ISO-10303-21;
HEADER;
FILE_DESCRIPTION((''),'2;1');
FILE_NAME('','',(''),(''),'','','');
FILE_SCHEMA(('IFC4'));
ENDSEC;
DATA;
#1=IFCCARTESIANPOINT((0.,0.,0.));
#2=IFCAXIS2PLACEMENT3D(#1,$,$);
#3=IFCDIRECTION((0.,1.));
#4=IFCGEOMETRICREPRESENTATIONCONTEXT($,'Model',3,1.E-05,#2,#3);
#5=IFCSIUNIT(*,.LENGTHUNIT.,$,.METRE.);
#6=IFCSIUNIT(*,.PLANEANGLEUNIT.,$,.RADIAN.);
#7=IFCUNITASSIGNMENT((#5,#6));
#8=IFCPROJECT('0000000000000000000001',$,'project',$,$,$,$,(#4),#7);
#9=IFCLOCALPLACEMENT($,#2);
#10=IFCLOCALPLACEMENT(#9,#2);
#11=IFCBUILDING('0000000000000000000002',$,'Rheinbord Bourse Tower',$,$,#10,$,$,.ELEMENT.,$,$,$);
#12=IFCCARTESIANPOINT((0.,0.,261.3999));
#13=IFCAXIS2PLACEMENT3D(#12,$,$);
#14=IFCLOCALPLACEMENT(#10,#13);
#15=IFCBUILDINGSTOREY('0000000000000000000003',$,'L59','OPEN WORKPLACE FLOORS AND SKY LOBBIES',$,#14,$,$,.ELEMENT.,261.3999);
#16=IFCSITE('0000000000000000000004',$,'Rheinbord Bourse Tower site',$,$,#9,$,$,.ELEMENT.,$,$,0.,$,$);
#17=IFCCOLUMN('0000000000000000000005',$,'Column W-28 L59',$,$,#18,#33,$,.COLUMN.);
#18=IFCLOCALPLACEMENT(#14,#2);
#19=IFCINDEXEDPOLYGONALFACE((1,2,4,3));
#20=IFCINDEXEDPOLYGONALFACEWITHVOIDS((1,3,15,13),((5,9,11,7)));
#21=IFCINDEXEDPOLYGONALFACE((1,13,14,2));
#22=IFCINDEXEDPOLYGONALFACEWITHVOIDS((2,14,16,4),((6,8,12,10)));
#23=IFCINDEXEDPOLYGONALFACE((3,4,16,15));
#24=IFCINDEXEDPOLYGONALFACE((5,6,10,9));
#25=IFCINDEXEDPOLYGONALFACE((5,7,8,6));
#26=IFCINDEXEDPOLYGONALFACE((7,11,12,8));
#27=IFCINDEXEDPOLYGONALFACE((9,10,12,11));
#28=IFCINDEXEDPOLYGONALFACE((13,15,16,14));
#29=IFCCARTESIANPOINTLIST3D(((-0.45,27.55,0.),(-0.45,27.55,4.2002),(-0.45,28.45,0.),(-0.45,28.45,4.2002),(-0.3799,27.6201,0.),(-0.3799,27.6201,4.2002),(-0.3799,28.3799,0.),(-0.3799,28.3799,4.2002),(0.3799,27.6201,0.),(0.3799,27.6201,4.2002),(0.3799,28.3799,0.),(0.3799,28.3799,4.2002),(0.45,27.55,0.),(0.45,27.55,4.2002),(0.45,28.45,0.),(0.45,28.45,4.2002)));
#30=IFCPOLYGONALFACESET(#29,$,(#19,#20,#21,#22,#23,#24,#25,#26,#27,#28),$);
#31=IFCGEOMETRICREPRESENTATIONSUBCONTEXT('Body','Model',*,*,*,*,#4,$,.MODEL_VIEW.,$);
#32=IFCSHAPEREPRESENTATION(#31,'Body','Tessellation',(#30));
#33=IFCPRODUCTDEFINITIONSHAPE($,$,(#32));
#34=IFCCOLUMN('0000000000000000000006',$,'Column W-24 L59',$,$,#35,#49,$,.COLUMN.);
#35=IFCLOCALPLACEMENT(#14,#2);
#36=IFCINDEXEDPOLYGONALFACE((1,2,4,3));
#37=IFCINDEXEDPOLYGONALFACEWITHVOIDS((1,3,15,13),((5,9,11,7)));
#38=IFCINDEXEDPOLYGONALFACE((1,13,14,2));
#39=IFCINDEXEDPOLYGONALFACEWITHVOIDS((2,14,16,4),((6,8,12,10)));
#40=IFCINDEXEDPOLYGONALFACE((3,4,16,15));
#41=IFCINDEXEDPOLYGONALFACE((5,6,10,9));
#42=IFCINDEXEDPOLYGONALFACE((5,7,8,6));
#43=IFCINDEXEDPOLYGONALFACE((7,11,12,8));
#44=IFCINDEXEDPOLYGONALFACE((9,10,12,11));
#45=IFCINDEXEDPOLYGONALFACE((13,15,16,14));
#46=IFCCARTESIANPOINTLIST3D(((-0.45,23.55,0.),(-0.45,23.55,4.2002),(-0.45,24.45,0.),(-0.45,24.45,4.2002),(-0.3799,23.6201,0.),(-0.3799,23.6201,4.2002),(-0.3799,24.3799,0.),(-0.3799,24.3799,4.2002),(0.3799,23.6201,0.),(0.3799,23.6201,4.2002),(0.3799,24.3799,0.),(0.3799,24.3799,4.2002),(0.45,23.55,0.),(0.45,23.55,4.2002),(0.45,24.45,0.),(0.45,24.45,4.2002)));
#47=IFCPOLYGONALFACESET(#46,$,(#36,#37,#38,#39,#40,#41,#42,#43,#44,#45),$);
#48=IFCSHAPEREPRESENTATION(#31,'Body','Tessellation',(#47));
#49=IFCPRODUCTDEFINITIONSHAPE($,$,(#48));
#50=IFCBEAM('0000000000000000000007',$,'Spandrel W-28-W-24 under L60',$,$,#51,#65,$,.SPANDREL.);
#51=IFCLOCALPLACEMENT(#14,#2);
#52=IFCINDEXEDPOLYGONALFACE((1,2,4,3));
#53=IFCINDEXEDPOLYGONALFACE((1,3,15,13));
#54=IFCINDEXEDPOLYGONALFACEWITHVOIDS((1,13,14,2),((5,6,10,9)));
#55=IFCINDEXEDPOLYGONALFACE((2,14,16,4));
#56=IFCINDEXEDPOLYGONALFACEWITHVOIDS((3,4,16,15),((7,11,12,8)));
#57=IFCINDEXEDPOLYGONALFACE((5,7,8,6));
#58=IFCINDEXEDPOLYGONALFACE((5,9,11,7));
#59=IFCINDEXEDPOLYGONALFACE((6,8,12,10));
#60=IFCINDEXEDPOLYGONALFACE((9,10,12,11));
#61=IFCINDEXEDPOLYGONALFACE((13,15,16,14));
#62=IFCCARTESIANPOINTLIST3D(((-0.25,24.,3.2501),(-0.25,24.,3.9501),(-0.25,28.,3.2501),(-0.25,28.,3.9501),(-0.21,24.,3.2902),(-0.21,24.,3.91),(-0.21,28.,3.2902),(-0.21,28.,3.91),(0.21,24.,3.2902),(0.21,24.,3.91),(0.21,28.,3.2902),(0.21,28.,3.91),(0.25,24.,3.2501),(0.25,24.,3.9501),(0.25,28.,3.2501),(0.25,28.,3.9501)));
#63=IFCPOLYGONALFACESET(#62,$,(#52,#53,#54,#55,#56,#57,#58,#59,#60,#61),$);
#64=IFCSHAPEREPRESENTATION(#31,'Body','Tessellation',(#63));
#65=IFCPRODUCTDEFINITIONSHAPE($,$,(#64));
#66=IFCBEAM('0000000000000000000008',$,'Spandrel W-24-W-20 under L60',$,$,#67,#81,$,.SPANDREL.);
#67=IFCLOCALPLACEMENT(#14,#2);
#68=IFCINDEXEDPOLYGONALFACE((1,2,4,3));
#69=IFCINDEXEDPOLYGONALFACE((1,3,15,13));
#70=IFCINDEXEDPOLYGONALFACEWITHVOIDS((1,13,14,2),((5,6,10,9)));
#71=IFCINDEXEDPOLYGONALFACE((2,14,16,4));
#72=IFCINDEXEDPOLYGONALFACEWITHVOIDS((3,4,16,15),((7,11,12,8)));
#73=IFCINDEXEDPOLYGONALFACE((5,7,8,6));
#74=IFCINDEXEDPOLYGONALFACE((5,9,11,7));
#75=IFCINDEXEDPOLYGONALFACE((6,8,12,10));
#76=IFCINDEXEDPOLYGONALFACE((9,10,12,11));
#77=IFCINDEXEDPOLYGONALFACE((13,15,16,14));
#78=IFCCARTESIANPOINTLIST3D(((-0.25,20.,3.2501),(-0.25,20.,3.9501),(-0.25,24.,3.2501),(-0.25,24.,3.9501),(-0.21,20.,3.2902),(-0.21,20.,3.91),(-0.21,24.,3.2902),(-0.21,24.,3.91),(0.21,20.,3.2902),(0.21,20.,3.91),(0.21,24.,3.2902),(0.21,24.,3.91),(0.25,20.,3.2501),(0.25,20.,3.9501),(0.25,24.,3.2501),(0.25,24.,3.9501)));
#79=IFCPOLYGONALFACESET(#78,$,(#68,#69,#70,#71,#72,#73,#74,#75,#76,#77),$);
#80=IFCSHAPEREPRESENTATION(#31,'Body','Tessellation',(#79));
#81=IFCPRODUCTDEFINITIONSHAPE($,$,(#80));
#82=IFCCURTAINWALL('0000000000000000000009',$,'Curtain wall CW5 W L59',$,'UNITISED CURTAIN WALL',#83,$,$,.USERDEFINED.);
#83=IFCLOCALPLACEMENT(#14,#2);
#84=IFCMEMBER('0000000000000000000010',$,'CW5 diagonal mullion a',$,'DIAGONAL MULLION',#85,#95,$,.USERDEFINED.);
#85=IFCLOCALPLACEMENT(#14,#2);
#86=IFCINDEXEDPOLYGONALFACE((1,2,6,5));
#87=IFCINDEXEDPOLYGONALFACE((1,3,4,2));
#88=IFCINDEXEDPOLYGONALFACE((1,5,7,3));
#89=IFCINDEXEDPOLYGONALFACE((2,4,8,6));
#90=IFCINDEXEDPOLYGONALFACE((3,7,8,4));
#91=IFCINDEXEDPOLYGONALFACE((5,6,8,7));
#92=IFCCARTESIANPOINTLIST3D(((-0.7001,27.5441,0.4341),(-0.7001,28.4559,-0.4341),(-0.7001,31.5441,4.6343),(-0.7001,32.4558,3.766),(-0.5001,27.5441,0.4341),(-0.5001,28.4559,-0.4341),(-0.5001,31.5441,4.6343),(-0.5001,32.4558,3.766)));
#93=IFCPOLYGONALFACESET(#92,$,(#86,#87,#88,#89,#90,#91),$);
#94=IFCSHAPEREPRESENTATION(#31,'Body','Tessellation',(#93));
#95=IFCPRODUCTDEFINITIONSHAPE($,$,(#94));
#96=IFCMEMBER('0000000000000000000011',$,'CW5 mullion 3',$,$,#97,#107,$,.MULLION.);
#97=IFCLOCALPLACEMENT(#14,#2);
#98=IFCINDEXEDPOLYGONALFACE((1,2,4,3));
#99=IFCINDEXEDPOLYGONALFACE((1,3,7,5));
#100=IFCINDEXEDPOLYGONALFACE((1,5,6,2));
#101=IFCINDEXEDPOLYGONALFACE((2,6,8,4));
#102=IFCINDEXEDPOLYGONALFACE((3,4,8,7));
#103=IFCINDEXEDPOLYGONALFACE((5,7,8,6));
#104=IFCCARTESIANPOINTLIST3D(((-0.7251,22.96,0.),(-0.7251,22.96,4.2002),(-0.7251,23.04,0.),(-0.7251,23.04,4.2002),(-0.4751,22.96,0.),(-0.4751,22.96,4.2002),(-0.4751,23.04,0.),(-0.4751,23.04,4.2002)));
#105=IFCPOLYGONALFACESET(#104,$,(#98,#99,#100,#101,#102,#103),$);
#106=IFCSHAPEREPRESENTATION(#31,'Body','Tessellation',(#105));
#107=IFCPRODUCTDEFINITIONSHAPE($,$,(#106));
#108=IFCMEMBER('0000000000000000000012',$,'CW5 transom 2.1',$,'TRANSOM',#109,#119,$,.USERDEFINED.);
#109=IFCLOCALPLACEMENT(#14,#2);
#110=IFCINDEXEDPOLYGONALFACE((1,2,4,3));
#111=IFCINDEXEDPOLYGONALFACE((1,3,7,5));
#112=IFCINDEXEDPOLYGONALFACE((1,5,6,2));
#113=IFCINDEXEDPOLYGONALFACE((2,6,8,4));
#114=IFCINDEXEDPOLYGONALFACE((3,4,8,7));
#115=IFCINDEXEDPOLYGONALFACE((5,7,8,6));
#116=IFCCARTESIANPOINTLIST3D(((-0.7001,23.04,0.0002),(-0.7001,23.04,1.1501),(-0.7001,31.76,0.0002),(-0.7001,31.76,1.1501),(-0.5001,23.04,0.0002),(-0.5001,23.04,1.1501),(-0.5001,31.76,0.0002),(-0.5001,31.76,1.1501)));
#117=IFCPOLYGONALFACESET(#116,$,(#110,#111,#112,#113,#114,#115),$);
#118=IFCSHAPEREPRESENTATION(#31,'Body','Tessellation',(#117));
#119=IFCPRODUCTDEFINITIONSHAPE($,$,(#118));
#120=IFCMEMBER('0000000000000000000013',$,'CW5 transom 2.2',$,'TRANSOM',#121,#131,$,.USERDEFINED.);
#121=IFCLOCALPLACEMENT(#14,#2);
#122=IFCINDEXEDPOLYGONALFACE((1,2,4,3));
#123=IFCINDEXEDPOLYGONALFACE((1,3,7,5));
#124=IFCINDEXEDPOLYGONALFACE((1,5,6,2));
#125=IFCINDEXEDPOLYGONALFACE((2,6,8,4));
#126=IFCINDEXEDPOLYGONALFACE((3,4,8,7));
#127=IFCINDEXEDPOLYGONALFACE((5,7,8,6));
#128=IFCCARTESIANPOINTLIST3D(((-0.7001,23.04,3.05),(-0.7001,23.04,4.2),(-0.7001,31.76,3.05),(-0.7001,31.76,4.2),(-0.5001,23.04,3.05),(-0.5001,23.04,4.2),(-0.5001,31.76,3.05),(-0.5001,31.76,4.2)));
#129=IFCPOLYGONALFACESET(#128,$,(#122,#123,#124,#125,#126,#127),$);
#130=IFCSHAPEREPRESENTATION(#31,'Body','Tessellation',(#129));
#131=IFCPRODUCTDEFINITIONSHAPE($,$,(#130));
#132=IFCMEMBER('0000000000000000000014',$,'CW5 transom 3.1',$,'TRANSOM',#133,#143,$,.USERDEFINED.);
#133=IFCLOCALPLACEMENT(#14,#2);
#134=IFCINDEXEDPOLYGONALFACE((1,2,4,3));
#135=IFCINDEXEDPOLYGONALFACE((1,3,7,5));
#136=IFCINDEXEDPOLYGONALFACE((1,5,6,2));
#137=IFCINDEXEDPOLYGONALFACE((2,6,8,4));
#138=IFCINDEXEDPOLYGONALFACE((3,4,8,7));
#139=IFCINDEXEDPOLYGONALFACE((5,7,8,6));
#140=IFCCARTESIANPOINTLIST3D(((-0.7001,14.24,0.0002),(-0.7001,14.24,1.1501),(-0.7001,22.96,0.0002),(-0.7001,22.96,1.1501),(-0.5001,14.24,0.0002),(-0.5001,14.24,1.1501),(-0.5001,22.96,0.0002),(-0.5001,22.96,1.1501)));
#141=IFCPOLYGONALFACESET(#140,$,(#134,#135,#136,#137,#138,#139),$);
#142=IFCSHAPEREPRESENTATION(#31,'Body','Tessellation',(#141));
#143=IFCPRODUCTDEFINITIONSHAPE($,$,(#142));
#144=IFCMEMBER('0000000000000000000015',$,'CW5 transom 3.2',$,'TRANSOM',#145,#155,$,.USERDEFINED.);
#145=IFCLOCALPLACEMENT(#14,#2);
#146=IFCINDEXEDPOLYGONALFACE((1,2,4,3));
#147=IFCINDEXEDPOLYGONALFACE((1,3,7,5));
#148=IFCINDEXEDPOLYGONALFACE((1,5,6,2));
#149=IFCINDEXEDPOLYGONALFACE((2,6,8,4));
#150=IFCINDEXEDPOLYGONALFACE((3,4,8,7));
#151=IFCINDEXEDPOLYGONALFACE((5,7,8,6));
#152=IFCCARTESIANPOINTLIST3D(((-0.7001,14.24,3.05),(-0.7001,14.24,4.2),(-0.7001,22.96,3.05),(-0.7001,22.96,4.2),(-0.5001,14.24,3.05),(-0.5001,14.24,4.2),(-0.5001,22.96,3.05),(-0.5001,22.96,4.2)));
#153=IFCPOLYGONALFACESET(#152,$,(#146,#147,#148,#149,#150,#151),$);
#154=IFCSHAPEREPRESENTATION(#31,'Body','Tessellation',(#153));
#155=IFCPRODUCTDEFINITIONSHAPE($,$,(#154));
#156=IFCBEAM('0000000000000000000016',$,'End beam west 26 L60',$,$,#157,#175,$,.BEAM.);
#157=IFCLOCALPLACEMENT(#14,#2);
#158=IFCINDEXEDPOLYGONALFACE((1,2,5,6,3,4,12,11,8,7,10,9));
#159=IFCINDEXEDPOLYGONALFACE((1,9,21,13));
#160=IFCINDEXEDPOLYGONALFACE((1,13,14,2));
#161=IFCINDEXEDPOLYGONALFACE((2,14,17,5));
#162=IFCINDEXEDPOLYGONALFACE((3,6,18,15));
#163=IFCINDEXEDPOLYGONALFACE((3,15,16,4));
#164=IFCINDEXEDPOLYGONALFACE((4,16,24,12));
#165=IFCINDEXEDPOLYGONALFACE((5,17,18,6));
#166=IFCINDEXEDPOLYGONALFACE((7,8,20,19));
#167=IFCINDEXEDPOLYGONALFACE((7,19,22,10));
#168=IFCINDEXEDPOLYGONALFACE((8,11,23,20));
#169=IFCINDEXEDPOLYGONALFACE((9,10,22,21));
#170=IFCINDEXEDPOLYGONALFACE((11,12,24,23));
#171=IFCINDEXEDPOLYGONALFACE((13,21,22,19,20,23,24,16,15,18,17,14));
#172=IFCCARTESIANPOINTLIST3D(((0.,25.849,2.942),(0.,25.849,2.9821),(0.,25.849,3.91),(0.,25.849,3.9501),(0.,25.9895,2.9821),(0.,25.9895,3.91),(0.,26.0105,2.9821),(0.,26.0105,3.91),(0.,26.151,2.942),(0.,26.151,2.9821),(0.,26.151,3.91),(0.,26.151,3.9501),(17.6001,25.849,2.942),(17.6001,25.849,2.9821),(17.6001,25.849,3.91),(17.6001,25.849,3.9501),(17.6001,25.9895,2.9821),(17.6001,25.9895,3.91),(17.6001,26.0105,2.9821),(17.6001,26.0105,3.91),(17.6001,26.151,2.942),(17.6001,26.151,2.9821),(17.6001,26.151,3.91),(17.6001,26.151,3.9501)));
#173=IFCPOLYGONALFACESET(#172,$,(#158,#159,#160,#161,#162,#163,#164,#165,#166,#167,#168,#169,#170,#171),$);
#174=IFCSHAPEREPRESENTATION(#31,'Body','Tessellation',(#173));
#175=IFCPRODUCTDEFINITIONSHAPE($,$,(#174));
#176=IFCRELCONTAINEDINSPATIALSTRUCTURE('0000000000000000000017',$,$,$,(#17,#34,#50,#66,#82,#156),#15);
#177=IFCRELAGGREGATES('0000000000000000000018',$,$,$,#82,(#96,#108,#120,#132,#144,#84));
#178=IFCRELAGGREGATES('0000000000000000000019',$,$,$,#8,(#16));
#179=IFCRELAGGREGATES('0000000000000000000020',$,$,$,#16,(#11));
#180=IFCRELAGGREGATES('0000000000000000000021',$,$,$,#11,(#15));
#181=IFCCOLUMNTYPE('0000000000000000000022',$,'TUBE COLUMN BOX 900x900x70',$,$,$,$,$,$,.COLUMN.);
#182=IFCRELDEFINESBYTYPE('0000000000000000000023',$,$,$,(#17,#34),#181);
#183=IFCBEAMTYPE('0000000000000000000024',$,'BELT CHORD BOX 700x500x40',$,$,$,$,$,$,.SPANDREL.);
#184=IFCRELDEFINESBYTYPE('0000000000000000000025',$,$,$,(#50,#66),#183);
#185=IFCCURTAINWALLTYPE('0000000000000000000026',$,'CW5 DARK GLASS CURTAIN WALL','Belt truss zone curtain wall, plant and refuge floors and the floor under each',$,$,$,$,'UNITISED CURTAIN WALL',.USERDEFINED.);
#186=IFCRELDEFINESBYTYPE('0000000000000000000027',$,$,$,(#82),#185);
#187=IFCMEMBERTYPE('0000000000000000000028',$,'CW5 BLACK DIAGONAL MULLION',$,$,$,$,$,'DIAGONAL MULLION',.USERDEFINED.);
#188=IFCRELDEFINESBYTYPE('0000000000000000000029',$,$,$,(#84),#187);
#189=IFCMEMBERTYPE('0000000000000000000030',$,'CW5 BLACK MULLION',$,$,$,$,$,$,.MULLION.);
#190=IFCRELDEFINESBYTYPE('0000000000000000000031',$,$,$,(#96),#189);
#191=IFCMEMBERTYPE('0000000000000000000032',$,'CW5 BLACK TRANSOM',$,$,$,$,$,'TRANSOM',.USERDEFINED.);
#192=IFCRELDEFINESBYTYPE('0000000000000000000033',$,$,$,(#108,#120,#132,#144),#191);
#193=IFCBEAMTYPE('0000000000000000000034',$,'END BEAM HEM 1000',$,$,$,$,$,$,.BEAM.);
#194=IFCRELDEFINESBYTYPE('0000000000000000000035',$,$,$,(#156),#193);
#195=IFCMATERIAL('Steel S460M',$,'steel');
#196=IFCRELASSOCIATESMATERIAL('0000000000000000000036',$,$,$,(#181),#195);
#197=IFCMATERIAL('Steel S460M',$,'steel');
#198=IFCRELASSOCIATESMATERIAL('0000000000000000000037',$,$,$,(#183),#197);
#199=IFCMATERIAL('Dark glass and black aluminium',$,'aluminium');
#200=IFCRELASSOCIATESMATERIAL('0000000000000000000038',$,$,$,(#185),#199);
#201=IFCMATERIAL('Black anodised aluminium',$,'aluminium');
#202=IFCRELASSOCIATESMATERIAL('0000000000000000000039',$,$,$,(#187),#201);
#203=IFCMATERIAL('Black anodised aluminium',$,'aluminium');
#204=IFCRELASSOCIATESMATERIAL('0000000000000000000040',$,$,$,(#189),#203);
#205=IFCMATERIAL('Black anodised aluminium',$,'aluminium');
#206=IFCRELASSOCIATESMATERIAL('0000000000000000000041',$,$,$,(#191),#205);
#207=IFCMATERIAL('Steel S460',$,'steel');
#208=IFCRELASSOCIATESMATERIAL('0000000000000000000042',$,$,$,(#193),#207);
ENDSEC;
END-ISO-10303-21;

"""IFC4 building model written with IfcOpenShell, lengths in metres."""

from ifc_helpers import new_model, si_unit, direction, frame, origin, origin_2d, place, context, subcontext, project, spatial, rectangle, hollow_rectangle, i_section, extrude, material, material_profile, profile_set, type_object, element, aggregate, save


model = new_model("IFC4")

# Units and contexts
model_context = context("Model", 3, precision=1e-05, world=origin(), true_north=direction((0.0, 1.0)))
body_context = subcontext(model_context, "Body", "Model", "MODEL_VIEW")
ifc_project = project(units=[si_unit("LENGTHUNIT", "METRE"), si_unit("PLANEANGLEUNIT", "RADIAN")], contexts=[model_context])

# Site, building, storey
site_placement = place(None, origin())
site = spatial("IfcSite", under=ifc_project, at=site_placement, Name="Rheinbord Bourse Tower site", CompositionType="ELEMENT", RefElevation=0.0)
building_placement = place(site_placement, origin())
building = spatial("IfcBuilding", under=site, at=building_placement, Name="Rheinbord Bourse Tower", CompositionType="ELEMENT")
storey_placement = place(building_placement, frame((0.0, 0.0, 261.3999)))
storey = spatial("IfcBuildingStorey", under=building, at=storey_placement, Name="L59", Description="OPEN WORKPLACE FLOORS AND SKY LOBBIES", CompositionType="ELEMENT", Elevation=261.3999)

# Columns
ifc_material_1 = material(Name="Steel S460M", Category="steel")
ifc_material_profile_1 = material_profile(ifc_material_1, hollow_rectangle(XDim=0.8999, YDim=0.8999, WallThickness=0.0701, at=origin_2d()), Name="BOX 900x900x70")
ifc_profile_set_1 = profile_set([ifc_material_profile_1], Name="Steel S460M")
column_type = type_object("IfcColumnType", Name="TUBE COLUMN BOX 900x900x70", PredefinedType="COLUMN", material=ifc_profile_set_1)
for number, where, z_axis, x_axis, name in (
    (1, (0.0, 28.0, 0.0), (0.0, 0.0, 1.0), (1.0, 0.0, 0.0), "Column W-28 L59"),
    (2, (0.0, 24.0, 0.0), (0.0, 0.0, 1.0), (1.0, 0.0, 0.0), "Column W-24 L59"),
):
    element("IfcColumn", number, at=place(storey_placement, frame(where, z_axis=z_axis, x_axis=x_axis)), inside=storey, type_object=column_type, Name=name, PredefinedType="COLUMN", context=body_context, shape_type="SweptSolid", body=[
        extrude(hollow_rectangle(XDim=0.8999, YDim=0.8999, WallThickness=0.0701, at=origin_2d()), origin(), (0.0, 0.0, 1.0), 4.2002),
    ])

# Beams
ifc_material_2 = material(Name="Steel S460M", Category="steel")
ifc_material_profile_2 = material_profile(ifc_material_2, hollow_rectangle(XDim=0.5, YDim=0.7, WallThickness=0.04, at=origin_2d()), Name="BOX 700x500x40")
ifc_profile_set_2 = profile_set([ifc_material_profile_2], Name="Steel S460M")
beam_type_1 = type_object("IfcBeamType", Name="BELT CHORD BOX 700x500x40", PredefinedType="SPANDREL", material=ifc_profile_set_2)
for number, where, z_axis, x_axis, name in (
    (3, (0.0, 28.0, 3.6001), (0.0, -1.0, 0.0), (1.0, 0.0, 0.0), "Spandrel W-28-W-24 under L60"),
    (4, (0.0, 24.0, 3.6001), (0.0, -1.0, 0.0), (1.0, 0.0, 0.0), "Spandrel W-24-W-20 under L60"),
):
    element("IfcBeam", number, at=place(storey_placement, frame(where, z_axis=z_axis, x_axis=x_axis)), inside=storey, type_object=beam_type_1, Name=name, PredefinedType="SPANDREL", context=body_context, shape_type="SweptSolid", body=[
        extrude(hollow_rectangle(XDim=0.5, YDim=0.7, WallThickness=0.04, at=origin_2d()), origin(), (0.0, 0.0, 1.0), 4.0),
    ])

# Curtain wall, members
ifc_material_3 = material(Name="Dark glass and black aluminium", Category="aluminium")
curtain_wall_type = type_object("IfcCurtainWallType", Name="CW5 DARK GLASS CURTAIN WALL", Description="Belt truss zone curtain wall, plant and refuge floors and the floor under each", ElementType="UNITISED CURTAIN WALL", PredefinedType="USERDEFINED", material=ifc_material_3)
curtain_wall_placement = place(storey_placement, origin())
curtain_wall = element("IfcCurtainWall", 5, at=curtain_wall_placement, inside=storey, type_object=curtain_wall_type, Name="Curtain wall CW5 W L59", ObjectType="UNITISED CURTAIN WALL", PredefinedType="USERDEFINED")
ifc_material_4 = material(Name="Black anodised aluminium", Category="aluminium")
ifc_material_profile_3 = material_profile(ifc_material_4, rectangle(XDim=0.2, YDim=1.259, at=origin_2d()), Name="CW5 DIAGONAL MULLION 1259x200")
ifc_profile_set_3 = profile_set([ifc_material_profile_3], Name="Black anodised aluminium")
member_type_1 = type_object("IfcMemberType", Name="CW5 BLACK DIAGONAL MULLION", ElementType="DIAGONAL MULLION", PredefinedType="USERDEFINED", material=ifc_profile_set_3)
member_1_placement = place(storey_placement, frame((-0.6001, 28.0, 0.0), z_axis=(0.0, 0.689638, 0.724154), x_axis=(-1.0, 0.0, 0.0)))
member_1 = element("IfcMember", 6, at=member_1_placement, type_object=member_type_1, Name="CW5 diagonal mullion a", ObjectType="DIAGONAL MULLION", PredefinedType="USERDEFINED", context=body_context, shape_type="SweptSolid", body=[
    extrude(rectangle(XDim=0.2, YDim=1.259, at=origin_2d()), origin(), (0.0, 0.0, 1.0), 5.8),
])
ifc_material_5 = material(Name="Black anodised aluminium", Category="aluminium")
ifc_material_profile_4 = material_profile(ifc_material_5, rectangle(XDim=0.25, YDim=0.0801, at=origin_2d()), Name="CW5 MULLION 80x250")
ifc_profile_set_4 = profile_set([ifc_material_profile_4], Name="Black anodised aluminium")
member_type_2 = type_object("IfcMemberType", Name="CW5 BLACK MULLION", PredefinedType="MULLION", material=ifc_profile_set_4)
member_2_placement = place(storey_placement, frame((-0.6001, 23.0, 0.0), z_axis=(0.0, 0.0, 1.0), x_axis=(1.0, 0.0, 0.0)))
member_2 = element("IfcMember", 7, at=member_2_placement, type_object=member_type_2, Name="CW5 mullion 3", PredefinedType="MULLION", context=body_context, shape_type="SweptSolid", body=[
    extrude(rectangle(XDim=0.25, YDim=0.0801, at=origin_2d()), origin(), (0.0, 0.0, 1.0), 4.2002),
])
ifc_material_6 = material(Name="Black anodised aluminium", Category="aluminium")
ifc_material_profile_5 = material_profile(ifc_material_6, rectangle(XDim=0.2, YDim=1.1499, at=origin_2d()), Name="CW5 TRANSOM 1150x200")
ifc_profile_set_5 = profile_set([ifc_material_profile_5], Name="Black anodised aluminium")
member_type_3 = type_object("IfcMemberType", Name="CW5 BLACK TRANSOM", ElementType="TRANSOM", PredefinedType="USERDEFINED", material=ifc_profile_set_5)
member_3_placement = place(storey_placement, frame((-0.6001, 31.76, 0.5752), z_axis=(0.0, -1.0, 0.0), x_axis=(1.0, 0.0, 0.0)))
member_3 = element("IfcMember", 8, at=member_3_placement, type_object=member_type_3, Name="CW5 transom 2.1", ObjectType="TRANSOM", PredefinedType="USERDEFINED", context=body_context, shape_type="SweptSolid", body=[
    extrude(rectangle(XDim=0.2, YDim=1.1499, at=origin_2d()), origin(), (0.0, 0.0, 1.0), 8.72),
])
member_4_placement = place(storey_placement, frame((-0.6001, 31.76, 3.625), z_axis=(0.0, -1.0, 0.0), x_axis=(1.0, 0.0, 0.0)))
member_4 = element("IfcMember", 9, at=member_4_placement, type_object=member_type_3, Name="CW5 transom 2.2", ObjectType="TRANSOM", PredefinedType="USERDEFINED", context=body_context, shape_type="SweptSolid", body=[
    extrude(rectangle(XDim=0.2, YDim=1.1499, at=origin_2d()), origin(), (0.0, 0.0, 1.0), 8.72),
])
member_5_placement = place(storey_placement, frame((-0.6001, 22.96, 0.5752), z_axis=(0.0, -1.0, 0.0), x_axis=(1.0, 0.0, 0.0)))
member_5 = element("IfcMember", 10, at=member_5_placement, type_object=member_type_3, Name="CW5 transom 3.1", ObjectType="TRANSOM", PredefinedType="USERDEFINED", context=body_context, shape_type="SweptSolid", body=[
    extrude(rectangle(XDim=0.2, YDim=1.1499, at=origin_2d()), origin(), (0.0, 0.0, 1.0), 8.72),
])
member_6_placement = place(storey_placement, frame((-0.6001, 22.96, 3.625), z_axis=(0.0, -1.0, 0.0), x_axis=(1.0, 0.0, 0.0)))
member_6 = element("IfcMember", 11, at=member_6_placement, type_object=member_type_3, Name="CW5 transom 3.2", ObjectType="TRANSOM", PredefinedType="USERDEFINED", context=body_context, shape_type="SweptSolid", body=[
    extrude(rectangle(XDim=0.2, YDim=1.1499, at=origin_2d()), origin(), (0.0, 0.0, 1.0), 8.72),
])

# Beam
ifc_material_7 = material(Name="Steel S460", Category="steel")
ifc_material_profile_6 = material_profile(ifc_material_7, i_section(OverallWidth=0.302, OverallDepth=1.0081, WebThickness=0.021, FlangeThickness=0.04, at=origin_2d()), Name="HEM 1000")
ifc_profile_set_6 = profile_set([ifc_material_profile_6], Name="Steel S460")
beam_type_2 = type_object("IfcBeamType", Name="END BEAM HEM 1000", PredefinedType="BEAM", material=ifc_profile_set_6)
for number, where, z_axis, x_axis, name in (
    (12, (0.0, 26.0, 3.446), (1.0, 0.0, 0.0), (0.0, 1.0, 0.0), "End beam west 26 L60"),
):
    element("IfcBeam", number, at=place(storey_placement, frame(where, z_axis=z_axis, x_axis=x_axis)), inside=storey, type_object=beam_type_2, Name=name, PredefinedType="BEAM", context=body_context, shape_type="SweptSolid", body=[
        extrude(i_section(OverallWidth=0.302, OverallDepth=1.0081, WebThickness=0.021, FlangeThickness=0.04, at=origin_2d()), origin(), (0.0, 0.0, 1.0), 17.6001),
    ])

aggregate(curtain_wall, [member_2, member_3, member_4, member_5, member_6, member_1])

save(model, "model.ifc")
